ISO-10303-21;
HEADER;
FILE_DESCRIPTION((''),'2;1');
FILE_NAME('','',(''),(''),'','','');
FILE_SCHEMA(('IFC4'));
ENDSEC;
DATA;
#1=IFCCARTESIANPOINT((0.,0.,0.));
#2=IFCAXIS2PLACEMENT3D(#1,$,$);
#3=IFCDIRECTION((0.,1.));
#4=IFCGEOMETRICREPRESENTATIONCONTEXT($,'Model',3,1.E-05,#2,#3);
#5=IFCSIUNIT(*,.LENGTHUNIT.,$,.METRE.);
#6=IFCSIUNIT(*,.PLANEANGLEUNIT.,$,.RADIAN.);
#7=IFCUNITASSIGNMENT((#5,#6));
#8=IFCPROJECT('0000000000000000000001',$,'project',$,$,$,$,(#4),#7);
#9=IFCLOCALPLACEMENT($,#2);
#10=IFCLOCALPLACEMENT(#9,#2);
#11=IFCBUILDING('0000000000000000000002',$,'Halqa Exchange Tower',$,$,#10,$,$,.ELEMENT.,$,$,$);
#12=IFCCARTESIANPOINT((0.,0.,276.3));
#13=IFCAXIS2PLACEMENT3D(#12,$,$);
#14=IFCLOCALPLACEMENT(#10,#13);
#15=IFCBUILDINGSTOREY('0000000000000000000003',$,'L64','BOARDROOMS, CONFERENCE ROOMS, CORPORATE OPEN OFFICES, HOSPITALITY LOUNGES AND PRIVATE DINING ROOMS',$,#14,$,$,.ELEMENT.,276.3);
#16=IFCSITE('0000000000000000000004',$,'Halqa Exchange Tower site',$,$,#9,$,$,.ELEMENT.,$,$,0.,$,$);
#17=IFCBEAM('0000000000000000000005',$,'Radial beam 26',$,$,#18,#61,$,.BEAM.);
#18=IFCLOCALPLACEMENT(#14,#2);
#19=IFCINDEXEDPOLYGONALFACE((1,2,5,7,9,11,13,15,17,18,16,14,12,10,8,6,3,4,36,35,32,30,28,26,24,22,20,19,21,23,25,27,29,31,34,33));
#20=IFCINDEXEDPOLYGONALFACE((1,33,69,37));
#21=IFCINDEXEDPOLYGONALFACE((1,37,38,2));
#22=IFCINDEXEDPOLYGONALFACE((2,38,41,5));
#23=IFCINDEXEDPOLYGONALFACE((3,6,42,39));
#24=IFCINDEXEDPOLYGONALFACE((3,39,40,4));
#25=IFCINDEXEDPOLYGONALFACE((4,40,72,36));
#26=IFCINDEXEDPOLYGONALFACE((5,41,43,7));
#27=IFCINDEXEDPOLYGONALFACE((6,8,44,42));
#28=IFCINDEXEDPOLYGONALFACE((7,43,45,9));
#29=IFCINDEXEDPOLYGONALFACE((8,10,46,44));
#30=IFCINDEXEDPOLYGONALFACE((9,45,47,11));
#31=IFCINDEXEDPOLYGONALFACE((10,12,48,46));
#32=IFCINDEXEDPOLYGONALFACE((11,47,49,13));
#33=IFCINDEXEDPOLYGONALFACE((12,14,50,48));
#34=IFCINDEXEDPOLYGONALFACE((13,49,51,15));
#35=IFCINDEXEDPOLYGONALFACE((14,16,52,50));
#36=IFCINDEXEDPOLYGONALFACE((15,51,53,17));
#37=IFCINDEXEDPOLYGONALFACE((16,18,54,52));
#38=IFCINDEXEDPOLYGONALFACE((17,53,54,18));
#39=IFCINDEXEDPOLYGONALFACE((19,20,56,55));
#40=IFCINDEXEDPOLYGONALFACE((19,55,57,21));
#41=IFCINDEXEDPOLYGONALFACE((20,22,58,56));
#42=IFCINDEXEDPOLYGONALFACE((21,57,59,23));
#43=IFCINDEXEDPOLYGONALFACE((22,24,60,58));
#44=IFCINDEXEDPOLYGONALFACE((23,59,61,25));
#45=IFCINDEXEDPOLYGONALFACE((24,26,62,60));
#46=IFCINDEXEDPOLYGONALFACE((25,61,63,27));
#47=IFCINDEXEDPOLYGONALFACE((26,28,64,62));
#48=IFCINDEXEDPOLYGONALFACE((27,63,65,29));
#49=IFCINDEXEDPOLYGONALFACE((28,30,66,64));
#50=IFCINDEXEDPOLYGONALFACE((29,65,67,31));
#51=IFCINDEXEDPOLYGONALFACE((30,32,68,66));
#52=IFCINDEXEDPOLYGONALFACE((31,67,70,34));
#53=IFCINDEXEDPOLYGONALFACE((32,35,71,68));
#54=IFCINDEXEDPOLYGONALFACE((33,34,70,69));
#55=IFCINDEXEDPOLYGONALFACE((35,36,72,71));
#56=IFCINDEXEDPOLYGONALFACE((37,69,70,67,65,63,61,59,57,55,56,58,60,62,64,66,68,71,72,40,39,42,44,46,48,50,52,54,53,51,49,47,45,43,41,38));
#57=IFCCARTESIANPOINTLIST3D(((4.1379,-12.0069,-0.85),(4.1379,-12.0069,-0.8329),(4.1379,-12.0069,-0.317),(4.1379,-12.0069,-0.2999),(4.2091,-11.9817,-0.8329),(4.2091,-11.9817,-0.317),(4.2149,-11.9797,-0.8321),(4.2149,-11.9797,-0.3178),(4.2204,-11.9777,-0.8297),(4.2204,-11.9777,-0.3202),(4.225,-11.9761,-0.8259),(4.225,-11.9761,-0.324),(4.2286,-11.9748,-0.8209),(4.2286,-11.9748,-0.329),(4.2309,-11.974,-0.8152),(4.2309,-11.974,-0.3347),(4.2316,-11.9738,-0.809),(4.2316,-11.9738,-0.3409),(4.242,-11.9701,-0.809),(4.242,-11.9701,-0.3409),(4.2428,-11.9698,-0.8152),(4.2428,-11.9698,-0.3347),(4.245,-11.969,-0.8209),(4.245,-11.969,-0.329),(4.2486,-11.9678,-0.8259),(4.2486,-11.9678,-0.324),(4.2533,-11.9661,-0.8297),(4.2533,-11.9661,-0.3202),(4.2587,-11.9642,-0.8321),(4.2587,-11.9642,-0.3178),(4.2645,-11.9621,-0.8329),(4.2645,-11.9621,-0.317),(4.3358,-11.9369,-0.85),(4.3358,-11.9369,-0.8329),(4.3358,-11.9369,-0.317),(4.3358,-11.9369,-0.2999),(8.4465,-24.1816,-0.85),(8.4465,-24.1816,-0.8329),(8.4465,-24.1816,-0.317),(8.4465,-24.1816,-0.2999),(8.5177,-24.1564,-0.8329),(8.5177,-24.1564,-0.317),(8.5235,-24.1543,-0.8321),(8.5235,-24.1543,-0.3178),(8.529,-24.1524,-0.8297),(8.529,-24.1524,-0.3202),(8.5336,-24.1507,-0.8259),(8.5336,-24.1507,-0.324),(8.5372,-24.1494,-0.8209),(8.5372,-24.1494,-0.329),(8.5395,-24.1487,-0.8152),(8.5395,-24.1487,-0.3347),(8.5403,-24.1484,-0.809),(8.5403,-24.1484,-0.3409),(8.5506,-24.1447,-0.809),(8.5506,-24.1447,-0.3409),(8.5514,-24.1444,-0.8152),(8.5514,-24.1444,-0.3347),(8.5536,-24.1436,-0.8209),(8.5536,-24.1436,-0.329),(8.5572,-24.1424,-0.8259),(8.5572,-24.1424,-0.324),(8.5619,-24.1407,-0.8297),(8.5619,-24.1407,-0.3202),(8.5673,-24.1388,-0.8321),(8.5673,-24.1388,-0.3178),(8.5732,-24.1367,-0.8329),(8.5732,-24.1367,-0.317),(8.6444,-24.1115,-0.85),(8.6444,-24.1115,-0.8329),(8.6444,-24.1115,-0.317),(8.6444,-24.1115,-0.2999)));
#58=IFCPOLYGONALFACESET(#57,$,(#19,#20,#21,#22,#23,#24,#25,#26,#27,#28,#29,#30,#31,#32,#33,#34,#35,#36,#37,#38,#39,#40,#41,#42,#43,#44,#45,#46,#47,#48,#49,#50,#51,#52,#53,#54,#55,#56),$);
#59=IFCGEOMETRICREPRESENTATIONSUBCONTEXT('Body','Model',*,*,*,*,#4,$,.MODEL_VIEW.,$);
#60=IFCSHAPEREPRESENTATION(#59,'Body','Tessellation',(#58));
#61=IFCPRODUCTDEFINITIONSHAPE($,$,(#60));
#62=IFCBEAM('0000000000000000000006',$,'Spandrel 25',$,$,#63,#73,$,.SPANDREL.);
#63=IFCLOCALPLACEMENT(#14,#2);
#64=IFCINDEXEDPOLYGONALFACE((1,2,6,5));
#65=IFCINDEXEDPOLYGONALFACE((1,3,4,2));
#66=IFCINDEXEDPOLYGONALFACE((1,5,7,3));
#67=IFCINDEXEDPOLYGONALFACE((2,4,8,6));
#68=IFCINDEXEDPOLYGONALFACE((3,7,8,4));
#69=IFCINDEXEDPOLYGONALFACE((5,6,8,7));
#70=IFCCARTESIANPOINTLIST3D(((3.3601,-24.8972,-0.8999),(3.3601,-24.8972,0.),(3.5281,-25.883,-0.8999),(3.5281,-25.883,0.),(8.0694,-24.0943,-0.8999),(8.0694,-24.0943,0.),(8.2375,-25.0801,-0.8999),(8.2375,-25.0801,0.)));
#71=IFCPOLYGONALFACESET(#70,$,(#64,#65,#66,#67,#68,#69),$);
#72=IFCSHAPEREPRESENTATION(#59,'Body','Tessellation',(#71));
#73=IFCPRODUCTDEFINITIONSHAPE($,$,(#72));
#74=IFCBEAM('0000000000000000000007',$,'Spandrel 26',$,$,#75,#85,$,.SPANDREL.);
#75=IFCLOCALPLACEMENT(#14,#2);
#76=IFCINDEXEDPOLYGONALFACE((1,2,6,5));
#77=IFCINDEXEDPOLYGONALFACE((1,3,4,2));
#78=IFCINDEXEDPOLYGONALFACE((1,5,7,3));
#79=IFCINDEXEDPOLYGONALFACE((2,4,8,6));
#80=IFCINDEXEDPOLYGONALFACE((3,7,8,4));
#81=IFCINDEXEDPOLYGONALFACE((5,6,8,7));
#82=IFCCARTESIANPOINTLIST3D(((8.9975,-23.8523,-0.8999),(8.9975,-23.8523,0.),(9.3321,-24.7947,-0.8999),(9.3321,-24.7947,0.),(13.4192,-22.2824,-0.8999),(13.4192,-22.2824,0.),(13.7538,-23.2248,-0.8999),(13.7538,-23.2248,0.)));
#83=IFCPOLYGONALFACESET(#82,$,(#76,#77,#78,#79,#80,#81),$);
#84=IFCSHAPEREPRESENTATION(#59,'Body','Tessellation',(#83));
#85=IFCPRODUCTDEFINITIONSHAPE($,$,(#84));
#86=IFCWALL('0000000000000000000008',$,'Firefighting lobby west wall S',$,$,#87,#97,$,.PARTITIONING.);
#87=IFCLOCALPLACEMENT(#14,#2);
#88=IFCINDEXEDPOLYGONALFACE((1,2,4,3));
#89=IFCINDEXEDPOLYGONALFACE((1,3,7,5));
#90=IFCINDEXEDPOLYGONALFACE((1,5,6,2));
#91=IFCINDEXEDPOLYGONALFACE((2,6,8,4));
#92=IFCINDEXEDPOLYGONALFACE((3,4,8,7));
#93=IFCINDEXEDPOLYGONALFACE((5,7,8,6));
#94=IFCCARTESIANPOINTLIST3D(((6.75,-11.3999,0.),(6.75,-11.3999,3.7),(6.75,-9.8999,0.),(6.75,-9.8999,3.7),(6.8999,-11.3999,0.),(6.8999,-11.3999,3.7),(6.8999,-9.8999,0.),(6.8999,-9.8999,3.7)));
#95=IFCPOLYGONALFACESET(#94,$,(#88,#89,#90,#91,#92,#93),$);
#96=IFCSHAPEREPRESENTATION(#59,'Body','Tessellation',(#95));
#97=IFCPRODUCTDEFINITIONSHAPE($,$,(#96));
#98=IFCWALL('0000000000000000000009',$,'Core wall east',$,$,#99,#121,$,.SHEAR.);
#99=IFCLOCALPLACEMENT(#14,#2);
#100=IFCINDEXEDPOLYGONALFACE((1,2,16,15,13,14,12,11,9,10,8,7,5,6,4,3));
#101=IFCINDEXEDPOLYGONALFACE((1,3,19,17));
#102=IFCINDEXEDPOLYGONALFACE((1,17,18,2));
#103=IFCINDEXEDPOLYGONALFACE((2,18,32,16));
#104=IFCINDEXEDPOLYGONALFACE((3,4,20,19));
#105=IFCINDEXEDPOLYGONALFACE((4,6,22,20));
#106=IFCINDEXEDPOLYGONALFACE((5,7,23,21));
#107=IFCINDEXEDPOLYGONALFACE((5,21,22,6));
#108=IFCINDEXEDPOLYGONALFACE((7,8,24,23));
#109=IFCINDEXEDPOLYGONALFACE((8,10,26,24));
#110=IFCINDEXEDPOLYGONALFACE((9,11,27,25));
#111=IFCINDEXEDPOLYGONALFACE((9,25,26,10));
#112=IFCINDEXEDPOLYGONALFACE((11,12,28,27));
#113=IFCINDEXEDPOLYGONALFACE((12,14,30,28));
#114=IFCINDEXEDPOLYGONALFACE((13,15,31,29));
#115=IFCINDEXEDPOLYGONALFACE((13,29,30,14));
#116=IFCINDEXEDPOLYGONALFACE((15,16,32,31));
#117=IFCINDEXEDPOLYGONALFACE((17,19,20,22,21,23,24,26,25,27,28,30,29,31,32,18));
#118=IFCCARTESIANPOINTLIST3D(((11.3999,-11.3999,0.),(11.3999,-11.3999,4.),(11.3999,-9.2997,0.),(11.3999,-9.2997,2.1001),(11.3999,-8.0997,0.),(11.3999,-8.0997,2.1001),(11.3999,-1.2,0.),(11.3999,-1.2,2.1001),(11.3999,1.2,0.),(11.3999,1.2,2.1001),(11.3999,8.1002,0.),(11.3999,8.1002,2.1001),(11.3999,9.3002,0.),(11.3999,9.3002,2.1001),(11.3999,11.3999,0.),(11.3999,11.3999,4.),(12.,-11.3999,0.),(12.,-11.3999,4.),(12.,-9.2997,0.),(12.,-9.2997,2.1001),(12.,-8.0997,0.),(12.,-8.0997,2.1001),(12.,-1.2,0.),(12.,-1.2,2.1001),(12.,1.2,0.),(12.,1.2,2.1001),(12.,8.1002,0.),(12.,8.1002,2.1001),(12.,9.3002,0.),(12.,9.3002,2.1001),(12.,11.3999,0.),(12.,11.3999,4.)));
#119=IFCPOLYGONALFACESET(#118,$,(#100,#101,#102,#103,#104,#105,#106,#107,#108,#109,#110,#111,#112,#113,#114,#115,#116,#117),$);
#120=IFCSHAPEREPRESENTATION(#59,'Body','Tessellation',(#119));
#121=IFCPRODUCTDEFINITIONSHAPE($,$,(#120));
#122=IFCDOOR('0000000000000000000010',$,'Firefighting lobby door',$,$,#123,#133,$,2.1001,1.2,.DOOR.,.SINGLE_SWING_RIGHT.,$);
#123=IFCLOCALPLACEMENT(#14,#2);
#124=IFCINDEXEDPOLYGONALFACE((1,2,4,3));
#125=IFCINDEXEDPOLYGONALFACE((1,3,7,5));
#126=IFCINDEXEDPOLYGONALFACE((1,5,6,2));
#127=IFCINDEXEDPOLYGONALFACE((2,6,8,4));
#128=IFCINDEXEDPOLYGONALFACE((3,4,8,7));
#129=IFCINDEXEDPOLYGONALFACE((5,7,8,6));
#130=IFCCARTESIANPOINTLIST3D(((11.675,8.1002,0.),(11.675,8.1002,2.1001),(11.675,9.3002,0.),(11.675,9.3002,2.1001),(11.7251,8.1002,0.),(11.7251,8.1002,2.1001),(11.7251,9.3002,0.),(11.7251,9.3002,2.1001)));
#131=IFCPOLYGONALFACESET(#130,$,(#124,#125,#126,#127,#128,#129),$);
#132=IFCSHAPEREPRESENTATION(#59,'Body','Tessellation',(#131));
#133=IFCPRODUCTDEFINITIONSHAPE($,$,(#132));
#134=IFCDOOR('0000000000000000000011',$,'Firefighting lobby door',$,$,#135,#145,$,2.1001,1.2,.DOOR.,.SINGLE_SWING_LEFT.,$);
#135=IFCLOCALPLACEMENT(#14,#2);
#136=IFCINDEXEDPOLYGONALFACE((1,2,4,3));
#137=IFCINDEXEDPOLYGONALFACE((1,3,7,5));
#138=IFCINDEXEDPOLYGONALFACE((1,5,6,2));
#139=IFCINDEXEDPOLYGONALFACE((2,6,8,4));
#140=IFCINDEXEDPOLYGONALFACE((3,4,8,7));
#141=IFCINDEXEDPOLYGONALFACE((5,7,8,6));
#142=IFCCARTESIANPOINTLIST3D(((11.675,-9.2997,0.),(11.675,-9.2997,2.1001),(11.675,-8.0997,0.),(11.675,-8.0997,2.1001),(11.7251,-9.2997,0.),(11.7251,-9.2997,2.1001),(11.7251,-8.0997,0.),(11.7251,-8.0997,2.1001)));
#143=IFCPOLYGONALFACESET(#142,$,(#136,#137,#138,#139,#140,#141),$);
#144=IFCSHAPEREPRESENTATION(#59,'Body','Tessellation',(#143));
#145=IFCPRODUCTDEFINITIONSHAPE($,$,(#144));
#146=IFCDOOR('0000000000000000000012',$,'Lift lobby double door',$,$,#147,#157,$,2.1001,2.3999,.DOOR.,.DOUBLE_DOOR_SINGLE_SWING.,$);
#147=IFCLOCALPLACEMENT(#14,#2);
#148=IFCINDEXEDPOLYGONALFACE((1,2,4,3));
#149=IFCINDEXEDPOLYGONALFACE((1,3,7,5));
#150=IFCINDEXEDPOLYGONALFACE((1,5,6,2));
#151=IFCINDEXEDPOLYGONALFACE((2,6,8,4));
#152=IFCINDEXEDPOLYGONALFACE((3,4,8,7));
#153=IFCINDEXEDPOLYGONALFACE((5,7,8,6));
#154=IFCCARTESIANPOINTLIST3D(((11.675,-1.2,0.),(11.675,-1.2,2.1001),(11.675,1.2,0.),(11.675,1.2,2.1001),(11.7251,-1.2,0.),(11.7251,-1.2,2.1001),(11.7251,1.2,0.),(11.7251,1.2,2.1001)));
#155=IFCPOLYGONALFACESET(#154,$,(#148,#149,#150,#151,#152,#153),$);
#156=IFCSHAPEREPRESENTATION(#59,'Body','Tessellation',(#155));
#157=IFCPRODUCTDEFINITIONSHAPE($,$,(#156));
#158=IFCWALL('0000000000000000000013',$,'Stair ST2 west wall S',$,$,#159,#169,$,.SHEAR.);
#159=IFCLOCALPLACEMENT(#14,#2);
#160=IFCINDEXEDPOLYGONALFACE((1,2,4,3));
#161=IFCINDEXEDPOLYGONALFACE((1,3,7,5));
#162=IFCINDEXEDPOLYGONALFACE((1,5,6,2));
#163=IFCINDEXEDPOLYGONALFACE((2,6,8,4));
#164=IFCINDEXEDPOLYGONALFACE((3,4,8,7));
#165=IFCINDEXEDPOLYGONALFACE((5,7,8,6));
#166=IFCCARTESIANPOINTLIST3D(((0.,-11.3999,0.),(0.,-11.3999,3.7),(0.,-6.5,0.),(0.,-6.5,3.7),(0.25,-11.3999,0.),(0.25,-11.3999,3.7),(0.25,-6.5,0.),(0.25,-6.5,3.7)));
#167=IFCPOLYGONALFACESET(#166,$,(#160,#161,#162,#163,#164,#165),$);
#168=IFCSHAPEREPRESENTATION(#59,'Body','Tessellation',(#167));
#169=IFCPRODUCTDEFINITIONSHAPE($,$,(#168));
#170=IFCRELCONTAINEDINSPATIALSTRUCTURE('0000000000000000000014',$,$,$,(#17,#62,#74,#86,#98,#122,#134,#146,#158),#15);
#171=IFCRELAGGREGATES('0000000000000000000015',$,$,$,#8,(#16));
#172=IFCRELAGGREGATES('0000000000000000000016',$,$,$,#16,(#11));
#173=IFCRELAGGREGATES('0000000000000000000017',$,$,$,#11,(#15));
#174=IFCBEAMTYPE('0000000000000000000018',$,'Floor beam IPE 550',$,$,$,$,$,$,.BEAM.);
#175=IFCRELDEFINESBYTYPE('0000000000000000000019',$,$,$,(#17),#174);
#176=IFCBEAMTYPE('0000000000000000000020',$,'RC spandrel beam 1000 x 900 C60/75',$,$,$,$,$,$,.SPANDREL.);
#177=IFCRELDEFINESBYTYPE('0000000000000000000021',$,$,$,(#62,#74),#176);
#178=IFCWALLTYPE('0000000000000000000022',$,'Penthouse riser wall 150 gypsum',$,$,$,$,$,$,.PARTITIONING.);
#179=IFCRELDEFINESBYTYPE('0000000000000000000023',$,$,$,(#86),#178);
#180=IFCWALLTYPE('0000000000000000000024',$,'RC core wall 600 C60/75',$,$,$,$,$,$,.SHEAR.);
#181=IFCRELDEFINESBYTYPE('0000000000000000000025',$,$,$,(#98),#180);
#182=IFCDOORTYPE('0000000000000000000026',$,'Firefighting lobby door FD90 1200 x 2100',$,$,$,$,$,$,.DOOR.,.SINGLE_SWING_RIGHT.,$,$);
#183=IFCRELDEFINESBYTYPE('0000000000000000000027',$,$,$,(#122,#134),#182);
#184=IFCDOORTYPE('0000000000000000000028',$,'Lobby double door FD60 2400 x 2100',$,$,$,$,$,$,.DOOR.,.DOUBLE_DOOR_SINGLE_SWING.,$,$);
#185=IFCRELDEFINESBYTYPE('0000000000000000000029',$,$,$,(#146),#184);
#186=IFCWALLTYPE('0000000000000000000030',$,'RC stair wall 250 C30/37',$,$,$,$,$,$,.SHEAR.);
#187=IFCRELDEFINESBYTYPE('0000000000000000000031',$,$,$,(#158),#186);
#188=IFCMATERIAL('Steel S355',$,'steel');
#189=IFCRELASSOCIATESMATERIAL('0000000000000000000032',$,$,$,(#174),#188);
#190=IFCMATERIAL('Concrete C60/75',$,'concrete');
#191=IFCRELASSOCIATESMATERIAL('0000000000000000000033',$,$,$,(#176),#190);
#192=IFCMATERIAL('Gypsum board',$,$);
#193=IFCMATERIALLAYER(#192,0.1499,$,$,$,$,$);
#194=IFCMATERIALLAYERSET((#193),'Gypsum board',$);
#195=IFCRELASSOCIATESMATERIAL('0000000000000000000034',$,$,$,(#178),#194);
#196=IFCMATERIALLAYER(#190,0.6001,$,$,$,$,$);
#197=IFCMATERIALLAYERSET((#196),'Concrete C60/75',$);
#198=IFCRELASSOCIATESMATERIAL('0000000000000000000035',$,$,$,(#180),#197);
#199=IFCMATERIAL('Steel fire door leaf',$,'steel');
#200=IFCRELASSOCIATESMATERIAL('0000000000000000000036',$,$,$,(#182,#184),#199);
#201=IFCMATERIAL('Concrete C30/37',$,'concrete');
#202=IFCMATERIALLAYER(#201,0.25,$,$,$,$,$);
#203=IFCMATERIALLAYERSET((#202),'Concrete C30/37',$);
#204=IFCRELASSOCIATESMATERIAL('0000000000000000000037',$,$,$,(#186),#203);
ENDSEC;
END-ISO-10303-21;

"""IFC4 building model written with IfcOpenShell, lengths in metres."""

from ifc_helpers import new_model, si_unit, direction, frame, frame_2d, origin, origin_2d, place, context, subcontext, project, spatial, rectangle, i_section, extrude, material, layer, layer_set, material_profile, profile_set, type_object, element, fill, save


model = new_model("IFC4")

# Units and contexts
model_context = context("Model", 3, precision=1e-05, world=origin(), true_north=direction((0.0, 1.0)))
body_context = subcontext(model_context, "Body", "Model", "MODEL_VIEW")
ifc_project = project(units=[si_unit("LENGTHUNIT", "METRE"), si_unit("PLANEANGLEUNIT", "RADIAN")], contexts=[model_context])

# Site, building, storey
site_placement = place(None, origin())
site = spatial("IfcSite", under=ifc_project, at=site_placement, Name="Halqa Exchange Tower site", CompositionType="ELEMENT", RefElevation=0.0)
building_placement = place(site_placement, origin())
building = spatial("IfcBuilding", under=site, at=building_placement, Name="Halqa Exchange Tower", CompositionType="ELEMENT")
storey_placement = place(building_placement, frame((0.0, 0.0, 276.3)))
storey = spatial("IfcBuildingStorey", under=building, at=storey_placement, Name="L64", Description="BOARDROOMS, CONFERENCE ROOMS, CORPORATE OPEN OFFICES, HOSPITALITY LOUNGES AND PRIVATE DINING ROOMS", CompositionType="ELEMENT", Elevation=276.3)

# Shared definitions
ifc_material_1 = material(Name="Concrete C60/75", Category="concrete")

# Beams
ifc_material_2 = material(Name="Steel S355", Category="steel")
ifc_material_profile_1 = material_profile(ifc_material_2, i_section(OverallWidth=0.21, OverallDepth=0.55, WebThickness=0.011, FlangeThickness=0.0171, FilletRadius=0.0239, at=origin_2d()), Name="IPE 550")
ifc_profile_set_1 = profile_set([ifc_material_profile_1], Name="Steel S355")
beam_type_1 = type_object("IfcBeamType", Name="Floor beam IPE 550", PredefinedType="BEAM", material=ifc_profile_set_1)
beam_1_placement = place(storey_placement, frame((4.2368, -11.9719, -0.575), z_axis=(0.333625, -0.942706, 0.0), x_axis=(0.942706, 0.333625, 0.0)))
element("IfcBeam", 1, at=beam_1_placement, inside=storey, type_object=beam_type_1, Name="Radial beam 26", PredefinedType="BEAM", context=body_context, shape_type="SweptSolid", body=[
    extrude(i_section(OverallWidth=0.21, OverallDepth=0.55, WebThickness=0.011, FlangeThickness=0.0171, FilletRadius=0.0239, at=origin_2d()), origin(), (0.0, 0.0, 1.0), 12.9146),
])
ifc_material_profile_2 = material_profile(ifc_material_1, rectangle(XDim=1.0, YDim=0.8999, at=origin_2d()), Name="1000 x 900")
ifc_profile_set_2 = profile_set([ifc_material_profile_2], Name="Concrete C60/75")
beam_type_2 = type_object("IfcBeamType", Name="RC spandrel beam 1000 x 900 C60/75", PredefinedType="SPANDREL", material=ifc_profile_set_2)
beam_2_placement = place(storey_placement, frame((3.4441, -25.3901, -0.45), z_axis=(0.985774, 0.168077, 0.0), x_axis=(-0.168077, 0.985774, 0.0)))
element("IfcBeam", 2, at=beam_2_placement, inside=storey, type_object=beam_type_2, Name="Spandrel 25", PredefinedType="SPANDREL", context=body_context, shape_type="SweptSolid", body=[
    extrude(rectangle(XDim=1.0, YDim=0.8999, at=origin_2d()), origin(), (0.0, 0.0, 1.0), 4.7773),
])
beam_3_placement = place(storey_placement, frame((9.1648, -24.3235, -0.45), z_axis=(0.94237, 0.334572, 0.0), x_axis=(-0.334572, 0.94237, 0.0)))
element("IfcBeam", 3, at=beam_3_placement, inside=storey, type_object=beam_type_2, Name="Spandrel 26", PredefinedType="SPANDREL", context=body_context, shape_type="SweptSolid", body=[
    extrude(rectangle(XDim=1.0, YDim=0.8999, at=origin_2d()), origin(), (0.0, 0.0, 1.0), 4.6921),
])

# Wall
ifc_material_3 = material(Name="Gypsum board")
ifc_layer_1 = layer(ifc_material_3, 0.1499)
ifc_layer_set_1 = layer_set([ifc_layer_1], Name="Gypsum board")
wall_type_1 = type_object("IfcWallType", Name="Penthouse riser wall 150 gypsum", PredefinedType="PARTITIONING", material=ifc_layer_set_1)
wall_1_placement = place(storey_placement, frame((6.825, -11.3999, 0.0), z_axis=(0.0, 0.0, 1.0), x_axis=(0.0, 1.0, 0.0)))
element("IfcWall", 4, at=wall_1_placement, inside=storey, type_object=wall_type_1, Name="Firefighting lobby west wall S", PredefinedType="PARTITIONING", context=body_context, shape_type="SweptSolid", body=[
    extrude(rectangle(XDim=1.5, YDim=0.1499, at=frame_2d((0.75, 0.0))), origin(), (0.0, 0.0, 1.0), 3.7),
])

# Wall, openings, doors
ifc_layer_2 = layer(ifc_material_1, 0.6001)
ifc_layer_set_2 = layer_set([ifc_layer_2], Name="Concrete C60/75")
wall_type_2 = type_object("IfcWallType", Name="RC core wall 600 C60/75", PredefinedType="SHEAR", material=ifc_layer_set_2)
wall_2_placement = place(storey_placement, frame((11.7, -11.3999, 0.0), z_axis=(0.0, 0.0, 1.0), x_axis=(0.0, 1.0, 0.0)))
wall_2 = element("IfcWall", 5, at=wall_2_placement, inside=storey, type_object=wall_type_2, Name="Core wall east", PredefinedType="SHEAR", context=body_context, shape_type="SweptSolid", body=[
    extrude(rectangle(XDim=22.7998, YDim=0.6001, at=frame_2d((11.3999, 0.0))), origin(), (0.0, 0.0, 1.0), 4.0),
])
opening_1_placement = place(wall_2_placement, frame((10.2, 0.0, 0.0)))
opening_1 = element("IfcOpeningElement", 6, at=opening_1_placement, cuts=wall_2, PredefinedType="OPENING", context=body_context, shape_type="SweptSolid", body=[
    extrude(rectangle(XDim=2.3999, YDim=2.1001, at=frame_2d((1.2, 1.05))), frame((0.0, 0.312, 0.0), z_axis=(0.0, -1.0, 0.0), x_axis=(1.0, 0.0, 0.0)), (0.0, 0.0, 1.0), 0.624),
])
opening_2_placement = place(wall_2_placement, frame((19.5, 0.0, 0.0)))
opening_2 = element("IfcOpeningElement", 7, at=opening_2_placement, cuts=wall_2, PredefinedType="OPENING", context=body_context, shape_type="SweptSolid", body=[
    extrude(rectangle(XDim=1.2, YDim=2.1001, at=frame_2d((0.6001, 1.05))), frame((0.0, 0.312, 0.0), z_axis=(0.0, -1.0, 0.0), x_axis=(1.0, 0.0, 0.0)), (0.0, 0.0, 1.0), 0.624),
])
opening_3_placement = place(wall_2_placement, frame((2.1001, 0.0, 0.0)))
opening_3 = element("IfcOpeningElement", 8, at=opening_3_placement, cuts=wall_2, PredefinedType="OPENING", context=body_context, shape_type="SweptSolid", body=[
    extrude(rectangle(XDim=1.2, YDim=2.1001, at=frame_2d((0.6001, 1.05))), frame((0.0, 0.312, 0.0), z_axis=(0.0, -1.0, 0.0), x_axis=(1.0, 0.0, 0.0)), (0.0, 0.0, 1.0), 0.624),
])
ifc_material_4 = material(Name="Steel fire door leaf", Category="steel")
door_type_1 = type_object("IfcDoorType", Name="Firefighting lobby door FD90 1200 x 2100", OperationType="SINGLE_SWING_RIGHT", PredefinedType="DOOR", material=ifc_material_4)
door_1_placement = place(opening_2_placement, origin())
door_1 = element("IfcDoor", 9, at=door_1_placement, inside=storey, type_object=door_type_1, Name="Firefighting lobby door", OperationType="SINGLE_SWING_RIGHT", OverallHeight=2.1001, OverallWidth=1.2, PredefinedType="DOOR", context=body_context, shape_type="SweptSolid", body=[
    extrude(rectangle(XDim=1.2, YDim=2.1001, at=frame_2d((0.6001, 1.05))), frame((0.0, 0.0249, 0.0), z_axis=(0.0, -1.0, 0.0), x_axis=(1.0, 0.0, 0.0)), (0.0, 0.0, 1.0), 0.05),
])
fill(opening_2, door_1)
door_2_placement = place(opening_3_placement, origin())
door_2 = element("IfcDoor", 10, at=door_2_placement, inside=storey, type_object=door_type_1, Name="Firefighting lobby door", OperationType="SINGLE_SWING_LEFT", OverallHeight=2.1001, OverallWidth=1.2, PredefinedType="DOOR", context=body_context, shape_type="SweptSolid", body=[
    extrude(rectangle(XDim=1.2, YDim=2.1001, at=frame_2d((0.6001, 1.05))), frame((0.0, 0.0249, 0.0), z_axis=(0.0, -1.0, 0.0), x_axis=(1.0, 0.0, 0.0)), (0.0, 0.0, 1.0), 0.05),
])
fill(opening_3, door_2)
door_type_2 = type_object("IfcDoorType", Name="Lobby double door FD60 2400 x 2100", OperationType="DOUBLE_DOOR_SINGLE_SWING", PredefinedType="DOOR", material=ifc_material_4)
door_3_placement = place(opening_1_placement, origin())
door_3 = element("IfcDoor", 11, at=door_3_placement, inside=storey, type_object=door_type_2, Name="Lift lobby double door", OperationType="DOUBLE_DOOR_SINGLE_SWING", OverallHeight=2.1001, OverallWidth=2.3999, PredefinedType="DOOR", context=body_context, shape_type="SweptSolid", body=[
    extrude(rectangle(XDim=2.3999, YDim=2.1001, at=frame_2d((1.2, 1.05))), frame((0.0, 0.0249, 0.0), z_axis=(0.0, -1.0, 0.0), x_axis=(1.0, 0.0, 0.0)), (0.0, 0.0, 1.0), 0.05),
])
fill(opening_1, door_3)

# Wall
ifc_material_5 = material(Name="Concrete C30/37", Category="concrete")
ifc_layer_3 = layer(ifc_material_5, 0.25)
ifc_layer_set_3 = layer_set([ifc_layer_3], Name="Concrete C30/37")
wall_type_3 = type_object("IfcWallType", Name="RC stair wall 250 C30/37", PredefinedType="SHEAR", material=ifc_layer_set_3)
wall_3_placement = place(storey_placement, frame((0.125, -11.3999, 0.0), z_axis=(0.0, 0.0, 1.0), x_axis=(0.0, 1.0, 0.0)))
element("IfcWall", 12, at=wall_3_placement, inside=storey, type_object=wall_type_3, Name="Stair ST2 west wall S", PredefinedType="SHEAR", context=body_context, shape_type="SweptSolid", body=[
    extrude(rectangle(XDim=4.8999, YDim=0.25, at=frame_2d((2.45, 0.0))), origin(), (0.0, 0.0, 1.0), 3.7),
])

save(model, "model.ifc")
